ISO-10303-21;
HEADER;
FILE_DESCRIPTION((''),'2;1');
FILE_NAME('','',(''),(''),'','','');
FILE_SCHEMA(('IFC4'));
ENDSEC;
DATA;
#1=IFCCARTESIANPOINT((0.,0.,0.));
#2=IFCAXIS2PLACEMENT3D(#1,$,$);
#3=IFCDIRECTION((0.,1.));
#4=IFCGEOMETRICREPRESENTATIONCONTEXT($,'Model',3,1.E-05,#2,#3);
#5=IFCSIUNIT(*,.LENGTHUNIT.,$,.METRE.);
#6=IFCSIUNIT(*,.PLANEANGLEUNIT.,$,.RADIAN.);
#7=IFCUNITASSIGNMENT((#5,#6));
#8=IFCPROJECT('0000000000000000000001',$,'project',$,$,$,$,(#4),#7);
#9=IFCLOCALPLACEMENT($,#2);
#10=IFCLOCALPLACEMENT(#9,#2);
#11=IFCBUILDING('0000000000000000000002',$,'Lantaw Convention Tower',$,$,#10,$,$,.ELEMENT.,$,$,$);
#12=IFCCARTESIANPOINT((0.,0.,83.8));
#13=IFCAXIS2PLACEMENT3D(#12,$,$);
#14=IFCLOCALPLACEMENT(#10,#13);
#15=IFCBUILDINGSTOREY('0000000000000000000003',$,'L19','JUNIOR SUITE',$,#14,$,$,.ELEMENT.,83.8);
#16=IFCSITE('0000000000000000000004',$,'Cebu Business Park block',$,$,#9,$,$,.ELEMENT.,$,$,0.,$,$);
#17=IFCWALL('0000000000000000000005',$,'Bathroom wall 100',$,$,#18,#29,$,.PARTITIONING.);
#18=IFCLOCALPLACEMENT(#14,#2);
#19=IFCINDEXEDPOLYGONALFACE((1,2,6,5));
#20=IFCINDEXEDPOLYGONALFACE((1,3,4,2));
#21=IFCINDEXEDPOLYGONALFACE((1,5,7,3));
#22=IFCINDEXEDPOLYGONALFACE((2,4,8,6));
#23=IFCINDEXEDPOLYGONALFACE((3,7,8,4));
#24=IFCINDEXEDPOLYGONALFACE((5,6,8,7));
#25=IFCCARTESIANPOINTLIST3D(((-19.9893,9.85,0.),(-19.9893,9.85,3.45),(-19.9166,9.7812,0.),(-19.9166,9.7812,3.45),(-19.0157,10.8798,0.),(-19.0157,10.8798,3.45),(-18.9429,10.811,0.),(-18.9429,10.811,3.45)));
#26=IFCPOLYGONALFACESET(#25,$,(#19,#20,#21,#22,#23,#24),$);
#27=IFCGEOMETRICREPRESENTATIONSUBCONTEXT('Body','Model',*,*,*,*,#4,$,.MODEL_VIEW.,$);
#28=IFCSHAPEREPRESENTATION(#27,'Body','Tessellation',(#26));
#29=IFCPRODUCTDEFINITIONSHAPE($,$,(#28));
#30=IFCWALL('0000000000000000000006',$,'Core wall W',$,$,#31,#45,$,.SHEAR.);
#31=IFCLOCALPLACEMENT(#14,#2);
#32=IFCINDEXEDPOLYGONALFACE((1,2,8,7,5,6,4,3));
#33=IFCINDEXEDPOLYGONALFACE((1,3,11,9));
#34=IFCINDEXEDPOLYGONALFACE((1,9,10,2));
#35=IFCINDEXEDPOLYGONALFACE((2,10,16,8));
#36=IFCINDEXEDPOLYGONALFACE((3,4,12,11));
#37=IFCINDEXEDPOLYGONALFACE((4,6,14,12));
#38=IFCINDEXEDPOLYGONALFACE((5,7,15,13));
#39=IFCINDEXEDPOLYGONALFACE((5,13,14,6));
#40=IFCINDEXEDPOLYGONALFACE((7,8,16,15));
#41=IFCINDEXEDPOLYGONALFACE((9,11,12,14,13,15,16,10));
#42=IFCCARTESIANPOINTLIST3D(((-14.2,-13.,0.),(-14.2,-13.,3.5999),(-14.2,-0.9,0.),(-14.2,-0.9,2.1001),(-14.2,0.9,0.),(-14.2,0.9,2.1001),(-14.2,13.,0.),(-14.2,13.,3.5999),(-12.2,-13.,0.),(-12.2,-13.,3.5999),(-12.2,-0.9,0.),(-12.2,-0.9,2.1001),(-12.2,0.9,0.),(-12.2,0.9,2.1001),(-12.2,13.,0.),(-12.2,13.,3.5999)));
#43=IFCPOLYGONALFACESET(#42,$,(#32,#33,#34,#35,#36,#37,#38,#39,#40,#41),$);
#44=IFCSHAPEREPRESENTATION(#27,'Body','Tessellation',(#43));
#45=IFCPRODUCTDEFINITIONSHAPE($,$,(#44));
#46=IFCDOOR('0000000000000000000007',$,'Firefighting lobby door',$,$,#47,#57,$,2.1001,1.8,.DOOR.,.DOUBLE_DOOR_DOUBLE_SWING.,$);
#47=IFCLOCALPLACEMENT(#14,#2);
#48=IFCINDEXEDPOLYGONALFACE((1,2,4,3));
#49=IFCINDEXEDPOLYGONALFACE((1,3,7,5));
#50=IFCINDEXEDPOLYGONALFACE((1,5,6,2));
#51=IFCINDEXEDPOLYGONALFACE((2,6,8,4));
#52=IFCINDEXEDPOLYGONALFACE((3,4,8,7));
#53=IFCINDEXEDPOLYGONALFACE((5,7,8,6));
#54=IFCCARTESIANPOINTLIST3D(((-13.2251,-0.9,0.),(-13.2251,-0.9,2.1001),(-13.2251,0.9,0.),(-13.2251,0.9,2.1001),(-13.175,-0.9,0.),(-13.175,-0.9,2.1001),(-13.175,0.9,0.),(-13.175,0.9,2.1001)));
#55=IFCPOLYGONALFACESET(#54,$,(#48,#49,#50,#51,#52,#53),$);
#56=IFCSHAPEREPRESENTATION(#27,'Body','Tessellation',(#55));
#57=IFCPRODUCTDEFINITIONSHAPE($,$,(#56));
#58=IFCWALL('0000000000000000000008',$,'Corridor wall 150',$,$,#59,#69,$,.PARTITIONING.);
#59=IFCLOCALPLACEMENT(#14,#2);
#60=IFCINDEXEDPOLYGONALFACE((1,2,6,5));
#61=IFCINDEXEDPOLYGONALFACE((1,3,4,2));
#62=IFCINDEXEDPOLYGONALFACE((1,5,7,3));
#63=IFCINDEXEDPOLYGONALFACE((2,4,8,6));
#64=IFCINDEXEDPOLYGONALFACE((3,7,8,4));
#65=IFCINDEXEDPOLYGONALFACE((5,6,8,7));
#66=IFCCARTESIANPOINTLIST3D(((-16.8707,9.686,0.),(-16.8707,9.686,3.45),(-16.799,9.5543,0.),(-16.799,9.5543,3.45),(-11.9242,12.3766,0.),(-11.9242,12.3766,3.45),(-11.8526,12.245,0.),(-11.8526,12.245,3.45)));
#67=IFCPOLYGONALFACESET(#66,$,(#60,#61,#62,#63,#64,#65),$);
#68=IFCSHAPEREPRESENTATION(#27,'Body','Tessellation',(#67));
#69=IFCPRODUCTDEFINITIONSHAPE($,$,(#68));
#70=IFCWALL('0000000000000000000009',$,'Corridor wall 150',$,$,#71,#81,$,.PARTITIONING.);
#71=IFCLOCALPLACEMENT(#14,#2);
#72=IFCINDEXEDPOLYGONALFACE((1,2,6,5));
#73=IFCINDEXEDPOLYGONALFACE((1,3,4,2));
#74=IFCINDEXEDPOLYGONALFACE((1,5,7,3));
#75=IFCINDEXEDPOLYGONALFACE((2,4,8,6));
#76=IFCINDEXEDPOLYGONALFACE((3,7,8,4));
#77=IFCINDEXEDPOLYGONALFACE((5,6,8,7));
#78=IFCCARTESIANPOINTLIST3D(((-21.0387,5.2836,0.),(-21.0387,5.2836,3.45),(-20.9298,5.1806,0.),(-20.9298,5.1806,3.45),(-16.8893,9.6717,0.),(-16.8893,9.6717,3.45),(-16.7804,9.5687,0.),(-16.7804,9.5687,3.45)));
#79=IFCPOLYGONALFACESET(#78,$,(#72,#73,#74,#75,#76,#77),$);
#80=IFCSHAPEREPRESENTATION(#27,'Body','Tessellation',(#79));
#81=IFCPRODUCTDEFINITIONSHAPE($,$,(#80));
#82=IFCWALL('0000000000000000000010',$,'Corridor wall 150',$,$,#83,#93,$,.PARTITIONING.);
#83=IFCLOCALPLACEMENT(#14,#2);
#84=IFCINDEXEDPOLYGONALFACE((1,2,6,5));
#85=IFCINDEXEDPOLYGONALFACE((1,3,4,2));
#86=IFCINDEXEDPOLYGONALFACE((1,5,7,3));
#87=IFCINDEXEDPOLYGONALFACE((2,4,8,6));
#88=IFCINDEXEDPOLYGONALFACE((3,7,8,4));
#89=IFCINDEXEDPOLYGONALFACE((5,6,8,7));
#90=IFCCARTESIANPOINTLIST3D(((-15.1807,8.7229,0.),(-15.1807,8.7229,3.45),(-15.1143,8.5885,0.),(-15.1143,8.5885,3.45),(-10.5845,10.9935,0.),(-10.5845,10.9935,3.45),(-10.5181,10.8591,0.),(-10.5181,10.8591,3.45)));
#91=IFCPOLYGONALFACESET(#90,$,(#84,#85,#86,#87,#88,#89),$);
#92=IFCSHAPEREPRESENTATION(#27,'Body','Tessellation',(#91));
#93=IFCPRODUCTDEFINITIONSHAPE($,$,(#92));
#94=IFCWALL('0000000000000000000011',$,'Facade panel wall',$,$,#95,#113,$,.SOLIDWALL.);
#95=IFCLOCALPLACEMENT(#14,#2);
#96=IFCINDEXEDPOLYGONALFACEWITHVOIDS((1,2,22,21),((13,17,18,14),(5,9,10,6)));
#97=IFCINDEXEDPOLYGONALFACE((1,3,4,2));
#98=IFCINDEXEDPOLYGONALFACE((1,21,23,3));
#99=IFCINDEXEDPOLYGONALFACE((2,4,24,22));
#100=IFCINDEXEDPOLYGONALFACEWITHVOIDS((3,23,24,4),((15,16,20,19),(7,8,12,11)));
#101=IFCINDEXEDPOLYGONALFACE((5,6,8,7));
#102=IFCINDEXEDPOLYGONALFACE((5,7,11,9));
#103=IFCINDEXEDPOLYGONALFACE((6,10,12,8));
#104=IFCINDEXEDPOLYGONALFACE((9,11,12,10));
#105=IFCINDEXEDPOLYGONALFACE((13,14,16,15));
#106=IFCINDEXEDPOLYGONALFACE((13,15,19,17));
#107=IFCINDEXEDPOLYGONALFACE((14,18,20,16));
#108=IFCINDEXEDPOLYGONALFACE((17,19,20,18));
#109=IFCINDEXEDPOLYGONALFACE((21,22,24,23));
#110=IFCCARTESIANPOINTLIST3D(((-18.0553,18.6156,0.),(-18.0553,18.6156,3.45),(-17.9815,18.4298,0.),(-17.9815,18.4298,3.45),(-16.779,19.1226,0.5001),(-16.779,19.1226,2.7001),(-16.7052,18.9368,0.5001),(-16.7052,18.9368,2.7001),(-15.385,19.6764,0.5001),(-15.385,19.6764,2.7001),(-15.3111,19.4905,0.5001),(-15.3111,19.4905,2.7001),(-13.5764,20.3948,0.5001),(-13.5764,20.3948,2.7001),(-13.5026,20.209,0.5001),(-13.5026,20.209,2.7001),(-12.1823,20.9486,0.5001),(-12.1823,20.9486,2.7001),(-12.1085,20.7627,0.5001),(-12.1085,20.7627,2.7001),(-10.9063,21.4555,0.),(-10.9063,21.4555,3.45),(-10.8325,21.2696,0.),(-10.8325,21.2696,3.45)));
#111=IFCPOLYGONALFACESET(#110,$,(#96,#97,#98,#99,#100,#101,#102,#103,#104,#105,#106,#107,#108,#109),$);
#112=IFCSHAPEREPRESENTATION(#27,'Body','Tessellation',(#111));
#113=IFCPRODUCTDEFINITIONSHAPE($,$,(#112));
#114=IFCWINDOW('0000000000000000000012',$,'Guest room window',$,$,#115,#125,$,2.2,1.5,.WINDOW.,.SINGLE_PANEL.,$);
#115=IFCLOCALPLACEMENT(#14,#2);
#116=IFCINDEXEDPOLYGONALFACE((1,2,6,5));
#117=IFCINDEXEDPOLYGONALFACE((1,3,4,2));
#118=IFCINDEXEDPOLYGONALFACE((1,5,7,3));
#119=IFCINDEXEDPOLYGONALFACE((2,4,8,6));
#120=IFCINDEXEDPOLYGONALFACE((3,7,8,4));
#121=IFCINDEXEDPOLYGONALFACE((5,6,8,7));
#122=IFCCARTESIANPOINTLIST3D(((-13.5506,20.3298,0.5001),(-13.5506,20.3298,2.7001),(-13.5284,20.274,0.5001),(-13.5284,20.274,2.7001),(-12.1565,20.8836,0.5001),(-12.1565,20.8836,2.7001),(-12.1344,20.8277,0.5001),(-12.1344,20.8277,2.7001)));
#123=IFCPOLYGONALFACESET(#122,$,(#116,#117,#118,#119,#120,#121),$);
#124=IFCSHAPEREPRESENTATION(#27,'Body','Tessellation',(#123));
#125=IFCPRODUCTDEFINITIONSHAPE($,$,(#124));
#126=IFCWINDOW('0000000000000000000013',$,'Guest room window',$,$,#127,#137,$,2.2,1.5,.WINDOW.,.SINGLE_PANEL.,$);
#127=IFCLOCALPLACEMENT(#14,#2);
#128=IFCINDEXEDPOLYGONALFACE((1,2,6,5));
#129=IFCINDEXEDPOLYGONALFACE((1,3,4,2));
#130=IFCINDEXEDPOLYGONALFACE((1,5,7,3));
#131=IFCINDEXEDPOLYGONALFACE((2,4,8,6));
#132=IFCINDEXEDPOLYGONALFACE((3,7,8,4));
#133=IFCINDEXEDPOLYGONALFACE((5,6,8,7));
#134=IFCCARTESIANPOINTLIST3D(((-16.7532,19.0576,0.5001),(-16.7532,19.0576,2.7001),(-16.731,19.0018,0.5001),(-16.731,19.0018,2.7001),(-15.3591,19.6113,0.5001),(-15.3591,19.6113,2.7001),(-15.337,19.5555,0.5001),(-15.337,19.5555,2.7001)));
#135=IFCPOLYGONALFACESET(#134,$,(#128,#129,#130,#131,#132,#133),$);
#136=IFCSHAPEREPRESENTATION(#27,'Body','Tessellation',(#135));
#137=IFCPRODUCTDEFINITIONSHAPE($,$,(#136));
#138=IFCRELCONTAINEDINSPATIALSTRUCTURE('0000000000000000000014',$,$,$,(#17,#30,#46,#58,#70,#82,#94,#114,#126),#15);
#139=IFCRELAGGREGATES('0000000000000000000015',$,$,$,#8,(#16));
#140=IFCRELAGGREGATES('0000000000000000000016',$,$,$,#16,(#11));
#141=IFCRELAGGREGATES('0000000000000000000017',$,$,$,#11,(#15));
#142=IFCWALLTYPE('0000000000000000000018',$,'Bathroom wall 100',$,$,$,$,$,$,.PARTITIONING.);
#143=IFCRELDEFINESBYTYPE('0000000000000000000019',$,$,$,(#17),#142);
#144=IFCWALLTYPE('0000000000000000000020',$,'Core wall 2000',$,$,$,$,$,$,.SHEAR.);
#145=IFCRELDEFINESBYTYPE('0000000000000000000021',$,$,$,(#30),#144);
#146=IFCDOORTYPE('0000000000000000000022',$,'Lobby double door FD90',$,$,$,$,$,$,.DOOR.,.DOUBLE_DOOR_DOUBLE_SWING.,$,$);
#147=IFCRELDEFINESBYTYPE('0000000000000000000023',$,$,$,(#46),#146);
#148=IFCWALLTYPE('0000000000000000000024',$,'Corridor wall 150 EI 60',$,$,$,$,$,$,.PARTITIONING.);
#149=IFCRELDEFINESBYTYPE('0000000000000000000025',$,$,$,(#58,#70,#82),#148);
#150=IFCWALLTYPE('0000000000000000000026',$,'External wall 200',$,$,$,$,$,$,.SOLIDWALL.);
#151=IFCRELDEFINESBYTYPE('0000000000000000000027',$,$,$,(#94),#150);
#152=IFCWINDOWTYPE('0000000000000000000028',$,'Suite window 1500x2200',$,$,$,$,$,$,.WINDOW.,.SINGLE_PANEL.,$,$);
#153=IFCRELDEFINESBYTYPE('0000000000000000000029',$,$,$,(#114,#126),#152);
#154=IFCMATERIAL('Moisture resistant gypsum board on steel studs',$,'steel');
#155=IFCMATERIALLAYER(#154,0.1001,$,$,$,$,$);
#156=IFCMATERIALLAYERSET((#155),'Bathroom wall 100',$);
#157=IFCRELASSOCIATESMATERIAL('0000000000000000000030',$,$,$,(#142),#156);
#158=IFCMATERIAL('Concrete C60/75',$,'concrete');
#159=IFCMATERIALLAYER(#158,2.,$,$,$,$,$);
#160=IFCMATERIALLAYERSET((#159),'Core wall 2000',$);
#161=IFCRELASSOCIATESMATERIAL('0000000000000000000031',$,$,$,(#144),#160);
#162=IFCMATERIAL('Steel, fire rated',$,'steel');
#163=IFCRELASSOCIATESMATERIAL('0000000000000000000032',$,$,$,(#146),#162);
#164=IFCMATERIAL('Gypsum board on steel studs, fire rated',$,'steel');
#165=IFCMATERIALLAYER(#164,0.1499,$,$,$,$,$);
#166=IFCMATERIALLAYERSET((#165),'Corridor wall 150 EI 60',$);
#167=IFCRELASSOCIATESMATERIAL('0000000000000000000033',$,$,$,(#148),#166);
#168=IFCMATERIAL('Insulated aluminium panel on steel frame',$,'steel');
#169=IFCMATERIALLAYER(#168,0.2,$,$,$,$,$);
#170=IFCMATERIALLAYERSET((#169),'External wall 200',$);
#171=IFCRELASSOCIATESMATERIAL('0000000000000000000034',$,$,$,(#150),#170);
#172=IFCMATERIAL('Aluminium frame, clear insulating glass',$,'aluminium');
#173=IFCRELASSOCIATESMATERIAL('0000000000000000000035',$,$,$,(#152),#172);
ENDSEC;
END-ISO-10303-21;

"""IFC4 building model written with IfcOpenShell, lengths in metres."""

from ifc_helpers import new_model, si_unit, direction, frame, frame_2d, origin, place, context, subcontext, project, spatial, rectangle, extrude, material, layer, layer_set, type_object, element, fill, save


model = new_model("IFC4")

# Units and contexts
model_context = context("Model", 3, precision=1e-05, world=origin(), true_north=direction((0.0, 1.0)))
body_context = subcontext(model_context, "Body", "Model", "MODEL_VIEW")
ifc_project = project(units=[si_unit("LENGTHUNIT", "METRE"), si_unit("PLANEANGLEUNIT", "RADIAN")], contexts=[model_context])

# Site, building, storey
site_placement = place(None, origin())
site = spatial("IfcSite", under=ifc_project, at=site_placement, Name="Cebu Business Park block", CompositionType="ELEMENT", RefElevation=0.0)
building_placement = place(site_placement, origin())
building = spatial("IfcBuilding", under=site, at=building_placement, Name="Lantaw Convention Tower", CompositionType="ELEMENT")
storey_placement = place(building_placement, frame((0.0, 0.0, 83.8)))
storey = spatial("IfcBuildingStorey", under=building, at=storey_placement, Name="L19", Description="JUNIOR SUITE", CompositionType="ELEMENT", Elevation=83.8)

# Shared definitions
ifc_material_1 = material(Name="Concrete C60/75", Category="concrete")

# Wall
ifc_material_2 = material(Name="Moisture resistant gypsum board on steel studs", Category="steel")
ifc_layer_1 = layer(ifc_material_2, 0.1001)
ifc_layer_set_1 = layer_set([ifc_layer_1], Name="Bathroom wall 100")
wall_type_1 = type_object("IfcWallType", Name="Bathroom wall 100", PredefinedType="PARTITIONING", material=ifc_layer_set_1)
wall_1_placement = place(storey_placement, frame((-19.9529, 9.8157, 0.0), z_axis=(0.0, 0.0, 1.0), x_axis=(0.687018, 0.72664, 0.0)))
element("IfcWall", 1, at=wall_1_placement, inside=storey, type_object=wall_type_1, Name="Bathroom wall 100", PredefinedType="PARTITIONING", context=body_context, shape_type="SweptSolid", body=[
    extrude(rectangle(XDim=1.4172, YDim=0.1001, at=frame_2d((0.7085, 0.0))), origin(), (0.0, 0.0, 1.0), 3.45),
])

# Wall, opening, door
ifc_layer_2 = layer(ifc_material_1, 2.0)
ifc_layer_set_2 = layer_set([ifc_layer_2], Name="Core wall 2000")
wall_type_2 = type_object("IfcWallType", Name="Core wall 2000", PredefinedType="SHEAR", material=ifc_layer_set_2)
wall_2_placement = place(storey_placement, frame((-13.2, 13.0, 0.0), z_axis=(0.0, 0.0, 1.0), x_axis=(0.0, -1.0, 0.0)))
wall_2 = element("IfcWall", 2, at=wall_2_placement, inside=storey, type_object=wall_type_2, Name="Core wall W", PredefinedType="SHEAR", context=body_context, shape_type="SweptSolid", body=[
    extrude(rectangle(XDim=26.0, YDim=2.0, at=frame_2d((13.0, 0.0))), origin(), (0.0, 0.0, 1.0), 3.5999),
])
opening_1_placement = place(wall_2_placement, frame((12.1001, 0.0, 0.0)))
opening_1 = element("IfcOpeningElement", 3, at=opening_1_placement, cuts=wall_2, PredefinedType="OPENING", context=body_context, shape_type="SweptSolid", body=[
    extrude(rectangle(XDim=1.8, YDim=2.1001, at=frame_2d((0.8999, 1.05))), frame((0.0, 1.01, 0.0), z_axis=(0.0, -1.0, 0.0), x_axis=(1.0, 0.0, 0.0)), (0.0, 0.0, 1.0), 2.02),
])
ifc_material_3 = material(Name="Steel, fire rated", Category="steel")
door_type = type_object("IfcDoorType", Name="Lobby double door FD90", OperationType="DOUBLE_DOOR_DOUBLE_SWING", PredefinedType="DOOR", material=ifc_material_3)
door_placement = place(opening_1_placement, origin())
door = element("IfcDoor", 4, at=door_placement, inside=storey, type_object=door_type, Name="Firefighting lobby door", OperationType="DOUBLE_DOOR_DOUBLE_SWING", OverallHeight=2.1001, OverallWidth=1.8, PredefinedType="DOOR", context=body_context, shape_type="SweptSolid", body=[
    extrude(rectangle(XDim=1.8, YDim=2.1001, at=frame_2d((0.8999, 1.05))), frame((0.0, 0.0249, 0.0), z_axis=(0.0, -1.0, 0.0), x_axis=(1.0, 0.0, 0.0)), (0.0, 0.0, 1.0), 0.05),
])
fill(opening_1, door)

# Walls
ifc_material_4 = material(Name="Gypsum board on steel studs, fire rated", Category="steel")
ifc_layer_3 = layer(ifc_material_4, 0.1499)
ifc_layer_set_3 = layer_set([ifc_layer_3], Name="Corridor wall 150 EI 60")
wall_type_3 = type_object("IfcWallType", Name="Corridor wall 150 EI 60", PredefinedType="PARTITIONING", material=ifc_layer_set_3)
wall_3_placement = place(storey_placement, frame((-11.8884, 12.3108, 0.0), z_axis=(0.0, 0.0, 1.0), x_axis=(-0.87845, -0.477834, 0.0)))
element("IfcWall", 5, at=wall_3_placement, inside=storey, type_object=wall_type_3, Name="Corridor wall 150", PredefinedType="PARTITIONING", context=body_context, shape_type="SweptSolid", body=[
    extrude(rectangle(XDim=5.6309, YDim=0.1499, at=frame_2d((2.8154, 0.0))), origin(), (0.0, 0.0, 1.0), 3.45),
])
wall_4_placement = place(storey_placement, frame((-16.835, 9.6201, 0.0), z_axis=(0.0, 0.0, 1.0), x_axis=(-0.687063, -0.726598, 0.0)))
element("IfcWall", 6, at=wall_4_placement, inside=storey, type_object=wall_type_3, Name="Corridor wall 150", PredefinedType="PARTITIONING", context=body_context, shape_type="SweptSolid", body=[
    extrude(rectangle(XDim=6.0393, YDim=0.1499, at=frame_2d((3.0195, 0.0))), origin(), (0.0, 0.0, 1.0), 3.45),
])
wall_5_placement = place(storey_placement, frame((-10.5513, 10.9263, 0.0), z_axis=(0.0, 0.0, 1.0), x_axis=(-0.896569, -0.442903, 0.0)))
element("IfcWall", 7, at=wall_5_placement, inside=storey, type_object=wall_type_3, Name="Corridor wall 150", PredefinedType="PARTITIONING", context=body_context, shape_type="SweptSolid", body=[
    extrude(rectangle(XDim=5.1265, YDim=0.1499, at=frame_2d((2.5632, 0.0))), origin(), (0.0, 0.0, 1.0), 3.45),
])

# Wall, openings, windows
ifc_material_5 = material(Name="Insulated aluminium panel on steel frame", Category="steel")
ifc_layer_4 = layer(ifc_material_5, 0.2)
ifc_layer_set_4 = layer_set([ifc_layer_4], Name="External wall 200")
wall_type_4 = type_object("IfcWallType", Name="External wall 200", PredefinedType="SOLIDWALL", material=ifc_layer_set_4)
wall_6_placement = place(storey_placement, frame((-10.8694, 21.3625, 0.0), z_axis=(0.0, 0.0, 1.0), x_axis=(-0.929358, -0.369179, 0.0)))
wall_6 = element("IfcWall", 8, at=wall_6_placement, inside=storey, type_object=wall_type_4, Name="Facade panel wall", PredefinedType="SOLIDWALL", context=body_context, shape_type="SweptSolid", body=[
    extrude(rectangle(XDim=7.6924, YDim=0.2, at=frame_2d((3.8462, 0.0))), origin(), (0.0, 0.0, 1.0), 3.45),
])
opening_2_placement = place(wall_6_placement, frame((1.373, 0.0, 0.5)))
opening_2 = element("IfcOpeningElement", 9, at=opening_2_placement, cuts=wall_6, PredefinedType="OPENING", context=body_context, shape_type="SweptSolid", body=[
    extrude(rectangle(XDim=1.5, YDim=2.2, at=frame_2d((0.75, 1.1001))), frame((0.0, 0.1099, 0.0), z_axis=(0.0, -1.0, 0.0), x_axis=(1.0, 0.0, 0.0)), (0.0, 0.0, 1.0), 0.22),
])
opening_3_placement = place(wall_6_placement, frame((4.8191, 0.0, 0.5)))
opening_3 = element("IfcOpeningElement", 10, at=opening_3_placement, cuts=wall_6, PredefinedType="OPENING", context=body_context, shape_type="SweptSolid", body=[
    extrude(rectangle(XDim=1.5, YDim=2.2, at=frame_2d((0.75, 1.1001))), frame((0.0, 0.1099, 0.0), z_axis=(0.0, -1.0, 0.0), x_axis=(1.0, 0.0, 0.0)), (0.0, 0.0, 1.0), 0.22),
])
ifc_material_6 = material(Name="Aluminium frame, clear insulating glass", Category="aluminium")
window_type = type_object("IfcWindowType", Name="Suite window 1500x2200", PartitioningType="SINGLE_PANEL", PredefinedType="WINDOW", material=ifc_material_6)
window_1_placement = place(opening_2_placement, origin())
window_1 = element("IfcWindow", 11, at=window_1_placement, inside=storey, type_object=window_type, Name="Guest room window", OverallHeight=2.2, OverallWidth=1.5, PartitioningType="SINGLE_PANEL", PredefinedType="WINDOW", context=body_context, shape_type="SweptSolid", body=[
    extrude(rectangle(XDim=1.5, YDim=2.2, at=frame_2d((0.75, 1.1001))), frame((0.0, 0.03, 0.0), z_axis=(0.0, -1.0, 0.0), x_axis=(1.0, 0.0, 0.0)), (0.0, 0.0, 1.0), 0.0601),
])
fill(opening_2, window_1)
window_2_placement = place(opening_3_placement, origin())
window_2 = element("IfcWindow", 12, at=window_2_placement, inside=storey, type_object=window_type, Name="Guest room window", OverallHeight=2.2, OverallWidth=1.5, PartitioningType="SINGLE_PANEL", PredefinedType="WINDOW", context=body_context, shape_type="SweptSolid", body=[
    extrude(rectangle(XDim=1.5, YDim=2.2, at=frame_2d((0.75, 1.1001))), frame((0.0, 0.03, 0.0), z_axis=(0.0, -1.0, 0.0), x_axis=(1.0, 0.0, 0.0)), (0.0, 0.0, 1.0), 0.0601),
])
fill(opening_3, window_2)

save(model, "model.ifc")
